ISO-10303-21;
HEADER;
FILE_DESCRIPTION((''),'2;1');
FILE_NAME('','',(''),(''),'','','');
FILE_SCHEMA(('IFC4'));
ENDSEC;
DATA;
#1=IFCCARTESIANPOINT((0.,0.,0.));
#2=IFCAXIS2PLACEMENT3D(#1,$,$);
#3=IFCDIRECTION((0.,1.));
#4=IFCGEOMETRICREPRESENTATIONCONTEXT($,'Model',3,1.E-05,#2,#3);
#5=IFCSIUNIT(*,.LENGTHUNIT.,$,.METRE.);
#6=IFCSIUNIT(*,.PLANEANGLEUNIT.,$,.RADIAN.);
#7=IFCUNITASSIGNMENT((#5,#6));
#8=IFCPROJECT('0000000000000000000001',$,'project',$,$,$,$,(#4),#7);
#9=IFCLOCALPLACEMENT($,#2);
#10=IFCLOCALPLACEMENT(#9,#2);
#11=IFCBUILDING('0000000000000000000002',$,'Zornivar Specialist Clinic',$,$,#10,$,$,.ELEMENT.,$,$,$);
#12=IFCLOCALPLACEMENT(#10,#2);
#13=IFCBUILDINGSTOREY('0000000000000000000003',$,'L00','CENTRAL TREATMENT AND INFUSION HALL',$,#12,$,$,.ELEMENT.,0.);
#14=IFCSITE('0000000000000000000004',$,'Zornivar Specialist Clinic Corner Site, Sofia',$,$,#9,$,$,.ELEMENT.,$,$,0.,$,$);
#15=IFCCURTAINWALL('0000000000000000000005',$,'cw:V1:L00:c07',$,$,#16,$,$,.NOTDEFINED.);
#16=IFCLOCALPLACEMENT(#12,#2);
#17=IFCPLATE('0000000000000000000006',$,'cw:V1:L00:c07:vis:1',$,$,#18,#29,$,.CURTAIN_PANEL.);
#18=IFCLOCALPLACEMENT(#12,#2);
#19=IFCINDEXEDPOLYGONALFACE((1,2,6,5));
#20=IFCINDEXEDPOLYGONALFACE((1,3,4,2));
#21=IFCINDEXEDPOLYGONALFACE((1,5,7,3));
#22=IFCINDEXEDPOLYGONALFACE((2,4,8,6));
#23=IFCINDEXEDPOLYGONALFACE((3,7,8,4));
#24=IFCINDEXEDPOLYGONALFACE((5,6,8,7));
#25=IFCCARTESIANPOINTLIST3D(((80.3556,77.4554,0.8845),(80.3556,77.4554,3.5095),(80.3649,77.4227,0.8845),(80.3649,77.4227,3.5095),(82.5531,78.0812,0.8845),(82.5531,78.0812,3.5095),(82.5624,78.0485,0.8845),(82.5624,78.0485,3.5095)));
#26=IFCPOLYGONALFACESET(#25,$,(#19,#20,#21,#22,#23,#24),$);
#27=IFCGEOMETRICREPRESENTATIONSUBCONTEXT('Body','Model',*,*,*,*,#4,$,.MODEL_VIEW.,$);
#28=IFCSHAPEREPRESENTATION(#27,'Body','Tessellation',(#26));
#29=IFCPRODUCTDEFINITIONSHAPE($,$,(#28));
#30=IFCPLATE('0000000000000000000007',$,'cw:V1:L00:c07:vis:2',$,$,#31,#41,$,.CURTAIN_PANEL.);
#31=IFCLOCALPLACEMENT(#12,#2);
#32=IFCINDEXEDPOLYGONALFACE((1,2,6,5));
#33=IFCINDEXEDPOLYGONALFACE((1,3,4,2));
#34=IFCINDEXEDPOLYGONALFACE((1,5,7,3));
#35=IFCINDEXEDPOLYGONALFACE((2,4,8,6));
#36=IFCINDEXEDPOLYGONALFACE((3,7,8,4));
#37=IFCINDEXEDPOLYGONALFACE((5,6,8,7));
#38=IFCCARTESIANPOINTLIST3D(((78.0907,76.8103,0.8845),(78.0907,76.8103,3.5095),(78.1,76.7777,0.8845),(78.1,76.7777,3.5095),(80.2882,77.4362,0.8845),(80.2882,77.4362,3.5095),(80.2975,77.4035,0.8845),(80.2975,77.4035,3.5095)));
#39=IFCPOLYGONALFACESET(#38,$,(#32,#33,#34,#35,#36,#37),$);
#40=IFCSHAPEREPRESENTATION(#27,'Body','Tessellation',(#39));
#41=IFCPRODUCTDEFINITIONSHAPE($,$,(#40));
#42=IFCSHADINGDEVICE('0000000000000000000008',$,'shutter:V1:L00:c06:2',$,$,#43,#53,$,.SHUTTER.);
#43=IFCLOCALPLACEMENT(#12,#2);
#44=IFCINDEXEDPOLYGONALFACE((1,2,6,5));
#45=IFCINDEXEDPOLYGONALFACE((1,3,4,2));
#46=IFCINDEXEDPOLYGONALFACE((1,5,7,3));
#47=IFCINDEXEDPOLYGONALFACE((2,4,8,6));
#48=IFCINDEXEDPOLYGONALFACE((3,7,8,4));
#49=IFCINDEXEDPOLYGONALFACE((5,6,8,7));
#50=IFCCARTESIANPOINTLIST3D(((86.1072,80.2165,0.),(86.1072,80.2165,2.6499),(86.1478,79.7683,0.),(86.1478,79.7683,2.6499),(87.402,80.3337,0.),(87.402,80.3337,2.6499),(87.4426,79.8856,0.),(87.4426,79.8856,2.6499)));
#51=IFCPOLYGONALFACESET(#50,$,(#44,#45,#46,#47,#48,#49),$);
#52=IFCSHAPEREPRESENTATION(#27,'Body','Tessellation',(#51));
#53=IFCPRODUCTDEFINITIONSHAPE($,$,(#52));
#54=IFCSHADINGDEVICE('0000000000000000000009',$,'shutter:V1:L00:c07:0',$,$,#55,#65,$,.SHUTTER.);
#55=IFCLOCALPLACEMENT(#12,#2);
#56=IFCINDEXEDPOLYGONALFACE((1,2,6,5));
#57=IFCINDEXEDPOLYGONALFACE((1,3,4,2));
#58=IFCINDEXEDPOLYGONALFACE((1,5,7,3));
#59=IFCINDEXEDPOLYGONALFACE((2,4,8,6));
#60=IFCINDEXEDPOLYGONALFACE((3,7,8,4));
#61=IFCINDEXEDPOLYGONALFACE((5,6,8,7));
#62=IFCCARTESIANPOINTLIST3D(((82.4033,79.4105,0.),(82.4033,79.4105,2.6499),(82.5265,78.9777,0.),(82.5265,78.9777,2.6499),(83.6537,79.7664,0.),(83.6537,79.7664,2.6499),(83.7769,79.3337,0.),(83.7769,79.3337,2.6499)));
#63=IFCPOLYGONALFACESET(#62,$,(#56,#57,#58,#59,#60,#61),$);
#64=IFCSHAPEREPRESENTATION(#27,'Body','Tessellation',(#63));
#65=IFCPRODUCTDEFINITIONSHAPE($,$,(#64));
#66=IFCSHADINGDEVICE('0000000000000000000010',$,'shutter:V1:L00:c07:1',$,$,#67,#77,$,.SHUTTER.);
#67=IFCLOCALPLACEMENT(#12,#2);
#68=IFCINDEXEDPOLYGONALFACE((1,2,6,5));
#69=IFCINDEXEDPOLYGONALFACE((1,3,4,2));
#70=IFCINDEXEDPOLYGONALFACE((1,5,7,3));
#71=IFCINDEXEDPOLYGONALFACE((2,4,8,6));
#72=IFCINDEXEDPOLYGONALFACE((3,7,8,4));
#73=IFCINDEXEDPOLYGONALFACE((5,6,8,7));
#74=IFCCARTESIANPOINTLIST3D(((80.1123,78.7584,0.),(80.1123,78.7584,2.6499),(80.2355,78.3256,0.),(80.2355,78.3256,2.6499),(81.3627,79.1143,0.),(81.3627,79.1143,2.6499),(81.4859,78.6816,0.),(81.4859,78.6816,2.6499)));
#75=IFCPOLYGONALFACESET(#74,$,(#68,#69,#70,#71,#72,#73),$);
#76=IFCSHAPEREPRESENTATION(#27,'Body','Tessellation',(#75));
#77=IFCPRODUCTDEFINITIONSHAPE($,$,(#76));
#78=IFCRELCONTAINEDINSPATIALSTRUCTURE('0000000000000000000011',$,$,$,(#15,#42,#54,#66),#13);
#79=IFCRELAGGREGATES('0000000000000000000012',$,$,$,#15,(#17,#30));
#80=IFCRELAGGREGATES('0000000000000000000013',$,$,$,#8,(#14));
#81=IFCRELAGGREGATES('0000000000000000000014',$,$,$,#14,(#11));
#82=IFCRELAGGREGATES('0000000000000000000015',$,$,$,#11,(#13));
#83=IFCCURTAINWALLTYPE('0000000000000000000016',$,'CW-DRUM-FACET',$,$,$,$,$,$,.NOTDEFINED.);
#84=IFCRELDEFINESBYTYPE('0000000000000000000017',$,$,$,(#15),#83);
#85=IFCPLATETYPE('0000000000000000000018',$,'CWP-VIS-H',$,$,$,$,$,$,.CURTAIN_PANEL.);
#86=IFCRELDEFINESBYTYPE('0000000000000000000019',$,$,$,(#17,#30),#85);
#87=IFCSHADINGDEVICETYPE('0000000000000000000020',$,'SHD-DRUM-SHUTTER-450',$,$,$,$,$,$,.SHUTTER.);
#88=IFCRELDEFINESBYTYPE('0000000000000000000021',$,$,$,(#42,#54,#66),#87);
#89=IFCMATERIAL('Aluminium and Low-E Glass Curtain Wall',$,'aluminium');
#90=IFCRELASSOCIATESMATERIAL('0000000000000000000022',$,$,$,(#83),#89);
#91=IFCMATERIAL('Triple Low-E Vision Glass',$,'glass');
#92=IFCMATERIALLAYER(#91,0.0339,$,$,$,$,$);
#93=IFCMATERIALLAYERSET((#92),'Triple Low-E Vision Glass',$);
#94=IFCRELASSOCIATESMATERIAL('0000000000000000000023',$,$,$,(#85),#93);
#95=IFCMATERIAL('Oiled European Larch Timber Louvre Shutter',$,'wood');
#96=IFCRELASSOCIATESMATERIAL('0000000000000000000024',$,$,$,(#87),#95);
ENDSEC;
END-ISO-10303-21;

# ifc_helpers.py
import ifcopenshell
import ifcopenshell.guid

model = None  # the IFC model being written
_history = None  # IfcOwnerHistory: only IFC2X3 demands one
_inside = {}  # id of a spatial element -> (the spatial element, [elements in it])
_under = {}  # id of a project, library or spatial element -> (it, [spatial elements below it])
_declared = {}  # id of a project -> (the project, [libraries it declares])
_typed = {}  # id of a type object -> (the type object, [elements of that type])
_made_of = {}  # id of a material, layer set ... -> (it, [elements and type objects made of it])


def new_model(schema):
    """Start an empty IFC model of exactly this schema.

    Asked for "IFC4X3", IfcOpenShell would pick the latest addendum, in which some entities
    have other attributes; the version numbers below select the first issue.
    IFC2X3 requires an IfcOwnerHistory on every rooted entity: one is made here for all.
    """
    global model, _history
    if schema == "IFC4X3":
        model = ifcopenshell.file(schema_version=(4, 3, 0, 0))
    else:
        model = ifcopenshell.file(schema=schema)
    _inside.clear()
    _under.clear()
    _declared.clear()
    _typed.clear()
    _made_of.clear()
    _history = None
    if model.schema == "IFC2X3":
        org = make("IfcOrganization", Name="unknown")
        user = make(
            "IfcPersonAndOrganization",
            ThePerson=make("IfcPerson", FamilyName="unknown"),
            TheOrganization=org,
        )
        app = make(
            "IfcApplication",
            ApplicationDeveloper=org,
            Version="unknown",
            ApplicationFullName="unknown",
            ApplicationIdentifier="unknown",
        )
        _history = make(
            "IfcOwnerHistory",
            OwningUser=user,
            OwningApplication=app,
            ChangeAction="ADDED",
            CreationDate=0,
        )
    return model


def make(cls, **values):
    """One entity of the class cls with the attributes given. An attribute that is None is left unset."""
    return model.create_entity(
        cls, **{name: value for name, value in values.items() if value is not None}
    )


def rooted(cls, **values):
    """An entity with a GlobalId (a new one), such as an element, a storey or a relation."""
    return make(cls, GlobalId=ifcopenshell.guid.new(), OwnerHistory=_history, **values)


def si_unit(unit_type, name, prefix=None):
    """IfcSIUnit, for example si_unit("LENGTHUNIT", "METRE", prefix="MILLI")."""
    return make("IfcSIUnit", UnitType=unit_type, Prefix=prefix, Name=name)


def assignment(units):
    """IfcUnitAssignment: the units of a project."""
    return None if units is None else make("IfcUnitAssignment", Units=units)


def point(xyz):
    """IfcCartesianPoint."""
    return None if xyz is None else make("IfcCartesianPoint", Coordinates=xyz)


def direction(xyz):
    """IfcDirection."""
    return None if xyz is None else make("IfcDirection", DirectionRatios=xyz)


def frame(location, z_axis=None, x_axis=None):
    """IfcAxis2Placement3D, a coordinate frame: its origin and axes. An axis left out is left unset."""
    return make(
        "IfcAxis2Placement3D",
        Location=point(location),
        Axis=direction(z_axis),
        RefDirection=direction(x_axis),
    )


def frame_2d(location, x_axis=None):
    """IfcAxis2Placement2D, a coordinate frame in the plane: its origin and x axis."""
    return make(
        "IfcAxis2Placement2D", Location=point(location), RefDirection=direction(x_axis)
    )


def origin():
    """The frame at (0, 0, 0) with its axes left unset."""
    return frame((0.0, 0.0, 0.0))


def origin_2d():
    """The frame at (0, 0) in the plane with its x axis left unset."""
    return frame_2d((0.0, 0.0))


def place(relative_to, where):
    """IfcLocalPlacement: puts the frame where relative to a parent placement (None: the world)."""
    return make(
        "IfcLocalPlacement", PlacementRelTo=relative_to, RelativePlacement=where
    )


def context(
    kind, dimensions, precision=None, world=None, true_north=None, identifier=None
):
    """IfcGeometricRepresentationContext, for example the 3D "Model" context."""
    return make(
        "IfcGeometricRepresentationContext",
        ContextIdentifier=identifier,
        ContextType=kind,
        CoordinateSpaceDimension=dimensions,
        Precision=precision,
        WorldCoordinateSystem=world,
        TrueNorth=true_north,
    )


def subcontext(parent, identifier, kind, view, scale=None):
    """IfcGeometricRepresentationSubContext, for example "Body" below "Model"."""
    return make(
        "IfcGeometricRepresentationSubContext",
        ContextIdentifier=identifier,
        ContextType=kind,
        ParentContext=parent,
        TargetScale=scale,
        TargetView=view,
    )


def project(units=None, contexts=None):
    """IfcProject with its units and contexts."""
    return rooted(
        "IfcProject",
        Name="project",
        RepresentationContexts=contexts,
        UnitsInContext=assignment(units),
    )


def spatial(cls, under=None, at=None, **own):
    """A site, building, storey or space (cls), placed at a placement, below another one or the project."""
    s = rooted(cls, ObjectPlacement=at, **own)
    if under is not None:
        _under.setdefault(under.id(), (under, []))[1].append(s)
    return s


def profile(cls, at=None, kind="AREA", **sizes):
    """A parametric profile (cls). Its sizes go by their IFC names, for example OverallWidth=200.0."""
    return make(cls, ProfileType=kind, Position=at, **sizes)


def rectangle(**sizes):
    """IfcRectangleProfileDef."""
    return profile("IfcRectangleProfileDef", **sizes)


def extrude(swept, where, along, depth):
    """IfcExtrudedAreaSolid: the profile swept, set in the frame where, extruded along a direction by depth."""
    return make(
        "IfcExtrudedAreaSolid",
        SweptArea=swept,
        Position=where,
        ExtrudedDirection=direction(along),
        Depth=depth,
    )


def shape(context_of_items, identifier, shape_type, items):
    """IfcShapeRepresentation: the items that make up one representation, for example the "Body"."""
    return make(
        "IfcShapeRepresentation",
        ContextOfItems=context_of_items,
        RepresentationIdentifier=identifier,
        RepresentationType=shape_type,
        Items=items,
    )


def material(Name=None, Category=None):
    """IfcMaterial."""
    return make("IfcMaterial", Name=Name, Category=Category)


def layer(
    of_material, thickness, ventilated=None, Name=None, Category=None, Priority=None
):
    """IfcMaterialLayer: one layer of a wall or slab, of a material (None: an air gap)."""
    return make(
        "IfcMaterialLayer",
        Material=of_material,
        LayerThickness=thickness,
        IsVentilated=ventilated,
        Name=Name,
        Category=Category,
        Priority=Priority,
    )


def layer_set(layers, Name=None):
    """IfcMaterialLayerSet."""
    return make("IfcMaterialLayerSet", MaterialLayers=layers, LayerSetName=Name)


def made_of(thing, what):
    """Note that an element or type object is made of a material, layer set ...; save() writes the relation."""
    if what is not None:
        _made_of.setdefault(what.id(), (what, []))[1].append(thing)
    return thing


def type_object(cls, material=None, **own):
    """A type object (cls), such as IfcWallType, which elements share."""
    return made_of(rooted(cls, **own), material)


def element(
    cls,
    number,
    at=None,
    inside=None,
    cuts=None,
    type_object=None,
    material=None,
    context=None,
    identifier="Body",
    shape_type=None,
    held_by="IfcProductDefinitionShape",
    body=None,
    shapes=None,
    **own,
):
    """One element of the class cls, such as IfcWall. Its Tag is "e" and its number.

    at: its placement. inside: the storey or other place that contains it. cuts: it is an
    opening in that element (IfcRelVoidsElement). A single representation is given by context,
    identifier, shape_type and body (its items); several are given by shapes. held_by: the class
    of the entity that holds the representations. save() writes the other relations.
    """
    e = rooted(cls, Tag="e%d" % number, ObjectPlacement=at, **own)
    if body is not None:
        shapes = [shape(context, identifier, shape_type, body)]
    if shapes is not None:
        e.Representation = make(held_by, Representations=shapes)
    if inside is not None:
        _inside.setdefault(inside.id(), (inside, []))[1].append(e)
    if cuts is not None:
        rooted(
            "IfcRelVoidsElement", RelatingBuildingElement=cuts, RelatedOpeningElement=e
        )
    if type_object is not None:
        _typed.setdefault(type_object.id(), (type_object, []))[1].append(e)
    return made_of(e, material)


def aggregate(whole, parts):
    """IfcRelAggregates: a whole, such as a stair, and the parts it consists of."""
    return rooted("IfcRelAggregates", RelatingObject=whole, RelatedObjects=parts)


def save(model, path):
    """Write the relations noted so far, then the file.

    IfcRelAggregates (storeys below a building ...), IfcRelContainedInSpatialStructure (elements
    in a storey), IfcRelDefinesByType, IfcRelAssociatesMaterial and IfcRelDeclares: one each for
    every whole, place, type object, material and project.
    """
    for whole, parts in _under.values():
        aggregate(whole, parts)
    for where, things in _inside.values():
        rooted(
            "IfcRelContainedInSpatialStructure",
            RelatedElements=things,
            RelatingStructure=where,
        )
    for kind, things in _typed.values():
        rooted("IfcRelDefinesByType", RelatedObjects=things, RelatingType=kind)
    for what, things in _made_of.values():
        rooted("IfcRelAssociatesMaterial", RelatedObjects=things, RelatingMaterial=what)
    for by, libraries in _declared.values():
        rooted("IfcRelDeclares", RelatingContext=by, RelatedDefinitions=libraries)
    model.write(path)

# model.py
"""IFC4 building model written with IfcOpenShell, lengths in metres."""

from ifc_helpers import new_model, si_unit, direction, frame, origin, origin_2d, place, context, subcontext, project, spatial, rectangle, extrude, material, layer, layer_set, type_object, element, aggregate, save


model = new_model("IFC4")

# Units and contexts
model_context = context("Model", 3, precision=1e-05, world=origin(), true_north=direction((0.0, 1.0)))
body_context = subcontext(model_context, "Body", "Model", "MODEL_VIEW")
ifc_project = project(units=[si_unit("LENGTHUNIT", "METRE"), si_unit("PLANEANGLEUNIT", "RADIAN")], contexts=[model_context])

# Site, building, storey
site_placement = place(None, origin())
site = spatial("IfcSite", under=ifc_project, at=site_placement, Name="Zornivar Specialist Clinic Corner Site, Sofia", CompositionType="ELEMENT", RefElevation=0.0)
building_placement = place(site_placement, origin())
building = spatial("IfcBuilding", under=site, at=building_placement, Name="Zornivar Specialist Clinic", CompositionType="ELEMENT")
storey_placement = place(building_placement, origin())
storey = spatial("IfcBuildingStorey", under=building, at=storey_placement, Name="L00", Description="CENTRAL TREATMENT AND INFUSION HALL", CompositionType="ELEMENT", Elevation=0.0)

# Shared definitions
ifc_material_1 = material(Name="Aluminium and Low-E Glass Curtain Wall", Category="aluminium")
curtain_wall_type = type_object("IfcCurtainWallType", Name="CW-DRUM-FACET", PredefinedType="NOTDEFINED", material=ifc_material_1)

# Curtain wall, plates
curtain_wall_1_placement = place(storey_placement, origin())
curtain_wall_1 = element("IfcCurtainWall", 1, at=curtain_wall_1_placement, inside=storey, type_object=curtain_wall_type, Name="cw:V1:L00:c07", PredefinedType="NOTDEFINED")
ifc_material_2 = material(Name="Triple Low-E Vision Glass", Category="glass")
ifc_layer_1 = layer(ifc_material_2, 0.0339)
ifc_layer_set_1 = layer_set([ifc_layer_1], Name="Triple Low-E Vision Glass")
plate_type_1 = type_object("IfcPlateType", Name="CWP-VIS-H", PredefinedType="CURTAIN_PANEL", material=ifc_layer_set_1)
plate_1_placement = place(storey_placement, frame((81.459, 77.752, 0.8845), z_axis=(0.0, 0.0, 1.0), x_axis=(-0.961761, -0.273889, 0.0)))
plate_1 = element("IfcPlate", 2, at=plate_1_placement, type_object=plate_type_1, Name="cw:V1:L00:c07:vis:1", PredefinedType="CURTAIN_PANEL", context=body_context, shape_type="SweptSolid", body=[
    extrude(rectangle(XDim=2.2849, YDim=0.0339, at=origin_2d()), origin(), (0.0, 0.0, 1.0), 2.625),
])
plate_2_placement = place(storey_placement, frame((79.1941, 77.1069, 0.8845), z_axis=(0.0, 0.0, 1.0), x_axis=(-0.961761, -0.273889, 0.0)))
plate_2 = element("IfcPlate", 3, at=plate_2_placement, type_object=plate_type_1, Name="cw:V1:L00:c07:vis:2", PredefinedType="CURTAIN_PANEL", context=body_context, shape_type="SweptSolid", body=[
    extrude(rectangle(XDim=2.2849, YDim=0.0339, at=origin_2d()), origin(), (0.0, 0.0, 1.0), 2.625),
])
aggregate(curtain_wall_1, [plate_1, plate_2])

# Shading devices
ifc_material_3 = material(Name="Oiled European Larch Timber Louvre Shutter", Category="wood")
shading_device_type = type_object("IfcShadingDeviceType", Name="SHD-DRUM-SHUTTER-450", PredefinedType="SHUTTER", material=ifc_material_3)
for number, where, z_axis, x_axis, name in (
    (4, (86.7749, 80.051, 0.0), (0.0, 0.0, 1.0), (-0.995925, -0.090188, 0.0), "shutter:V1:L00:c06:2"),
    (5, (83.0901, 79.3721, 0.0), (0.0, 0.0, 1.0), (-0.961785, -0.273805, 0.0), "shutter:V1:L00:c07:0"),
    (6, (80.7991, 78.72, 0.0), (0.0, 0.0, 1.0), (-0.961785, -0.273805, 0.0), "shutter:V1:L00:c07:1"),
):
    element("IfcShadingDevice", number, at=place(storey_placement, frame(where, z_axis=z_axis, x_axis=x_axis)), inside=storey, type_object=shading_device_type, Name=name, PredefinedType="SHUTTER", context=body_context, shape_type="SweptSolid", body=[
        extrude(rectangle(XDim=1.3, YDim=0.45, at=origin_2d()), origin(), (0.0, 0.0, 1.0), 2.6499),
    ])

save(model, "model.ifc")
